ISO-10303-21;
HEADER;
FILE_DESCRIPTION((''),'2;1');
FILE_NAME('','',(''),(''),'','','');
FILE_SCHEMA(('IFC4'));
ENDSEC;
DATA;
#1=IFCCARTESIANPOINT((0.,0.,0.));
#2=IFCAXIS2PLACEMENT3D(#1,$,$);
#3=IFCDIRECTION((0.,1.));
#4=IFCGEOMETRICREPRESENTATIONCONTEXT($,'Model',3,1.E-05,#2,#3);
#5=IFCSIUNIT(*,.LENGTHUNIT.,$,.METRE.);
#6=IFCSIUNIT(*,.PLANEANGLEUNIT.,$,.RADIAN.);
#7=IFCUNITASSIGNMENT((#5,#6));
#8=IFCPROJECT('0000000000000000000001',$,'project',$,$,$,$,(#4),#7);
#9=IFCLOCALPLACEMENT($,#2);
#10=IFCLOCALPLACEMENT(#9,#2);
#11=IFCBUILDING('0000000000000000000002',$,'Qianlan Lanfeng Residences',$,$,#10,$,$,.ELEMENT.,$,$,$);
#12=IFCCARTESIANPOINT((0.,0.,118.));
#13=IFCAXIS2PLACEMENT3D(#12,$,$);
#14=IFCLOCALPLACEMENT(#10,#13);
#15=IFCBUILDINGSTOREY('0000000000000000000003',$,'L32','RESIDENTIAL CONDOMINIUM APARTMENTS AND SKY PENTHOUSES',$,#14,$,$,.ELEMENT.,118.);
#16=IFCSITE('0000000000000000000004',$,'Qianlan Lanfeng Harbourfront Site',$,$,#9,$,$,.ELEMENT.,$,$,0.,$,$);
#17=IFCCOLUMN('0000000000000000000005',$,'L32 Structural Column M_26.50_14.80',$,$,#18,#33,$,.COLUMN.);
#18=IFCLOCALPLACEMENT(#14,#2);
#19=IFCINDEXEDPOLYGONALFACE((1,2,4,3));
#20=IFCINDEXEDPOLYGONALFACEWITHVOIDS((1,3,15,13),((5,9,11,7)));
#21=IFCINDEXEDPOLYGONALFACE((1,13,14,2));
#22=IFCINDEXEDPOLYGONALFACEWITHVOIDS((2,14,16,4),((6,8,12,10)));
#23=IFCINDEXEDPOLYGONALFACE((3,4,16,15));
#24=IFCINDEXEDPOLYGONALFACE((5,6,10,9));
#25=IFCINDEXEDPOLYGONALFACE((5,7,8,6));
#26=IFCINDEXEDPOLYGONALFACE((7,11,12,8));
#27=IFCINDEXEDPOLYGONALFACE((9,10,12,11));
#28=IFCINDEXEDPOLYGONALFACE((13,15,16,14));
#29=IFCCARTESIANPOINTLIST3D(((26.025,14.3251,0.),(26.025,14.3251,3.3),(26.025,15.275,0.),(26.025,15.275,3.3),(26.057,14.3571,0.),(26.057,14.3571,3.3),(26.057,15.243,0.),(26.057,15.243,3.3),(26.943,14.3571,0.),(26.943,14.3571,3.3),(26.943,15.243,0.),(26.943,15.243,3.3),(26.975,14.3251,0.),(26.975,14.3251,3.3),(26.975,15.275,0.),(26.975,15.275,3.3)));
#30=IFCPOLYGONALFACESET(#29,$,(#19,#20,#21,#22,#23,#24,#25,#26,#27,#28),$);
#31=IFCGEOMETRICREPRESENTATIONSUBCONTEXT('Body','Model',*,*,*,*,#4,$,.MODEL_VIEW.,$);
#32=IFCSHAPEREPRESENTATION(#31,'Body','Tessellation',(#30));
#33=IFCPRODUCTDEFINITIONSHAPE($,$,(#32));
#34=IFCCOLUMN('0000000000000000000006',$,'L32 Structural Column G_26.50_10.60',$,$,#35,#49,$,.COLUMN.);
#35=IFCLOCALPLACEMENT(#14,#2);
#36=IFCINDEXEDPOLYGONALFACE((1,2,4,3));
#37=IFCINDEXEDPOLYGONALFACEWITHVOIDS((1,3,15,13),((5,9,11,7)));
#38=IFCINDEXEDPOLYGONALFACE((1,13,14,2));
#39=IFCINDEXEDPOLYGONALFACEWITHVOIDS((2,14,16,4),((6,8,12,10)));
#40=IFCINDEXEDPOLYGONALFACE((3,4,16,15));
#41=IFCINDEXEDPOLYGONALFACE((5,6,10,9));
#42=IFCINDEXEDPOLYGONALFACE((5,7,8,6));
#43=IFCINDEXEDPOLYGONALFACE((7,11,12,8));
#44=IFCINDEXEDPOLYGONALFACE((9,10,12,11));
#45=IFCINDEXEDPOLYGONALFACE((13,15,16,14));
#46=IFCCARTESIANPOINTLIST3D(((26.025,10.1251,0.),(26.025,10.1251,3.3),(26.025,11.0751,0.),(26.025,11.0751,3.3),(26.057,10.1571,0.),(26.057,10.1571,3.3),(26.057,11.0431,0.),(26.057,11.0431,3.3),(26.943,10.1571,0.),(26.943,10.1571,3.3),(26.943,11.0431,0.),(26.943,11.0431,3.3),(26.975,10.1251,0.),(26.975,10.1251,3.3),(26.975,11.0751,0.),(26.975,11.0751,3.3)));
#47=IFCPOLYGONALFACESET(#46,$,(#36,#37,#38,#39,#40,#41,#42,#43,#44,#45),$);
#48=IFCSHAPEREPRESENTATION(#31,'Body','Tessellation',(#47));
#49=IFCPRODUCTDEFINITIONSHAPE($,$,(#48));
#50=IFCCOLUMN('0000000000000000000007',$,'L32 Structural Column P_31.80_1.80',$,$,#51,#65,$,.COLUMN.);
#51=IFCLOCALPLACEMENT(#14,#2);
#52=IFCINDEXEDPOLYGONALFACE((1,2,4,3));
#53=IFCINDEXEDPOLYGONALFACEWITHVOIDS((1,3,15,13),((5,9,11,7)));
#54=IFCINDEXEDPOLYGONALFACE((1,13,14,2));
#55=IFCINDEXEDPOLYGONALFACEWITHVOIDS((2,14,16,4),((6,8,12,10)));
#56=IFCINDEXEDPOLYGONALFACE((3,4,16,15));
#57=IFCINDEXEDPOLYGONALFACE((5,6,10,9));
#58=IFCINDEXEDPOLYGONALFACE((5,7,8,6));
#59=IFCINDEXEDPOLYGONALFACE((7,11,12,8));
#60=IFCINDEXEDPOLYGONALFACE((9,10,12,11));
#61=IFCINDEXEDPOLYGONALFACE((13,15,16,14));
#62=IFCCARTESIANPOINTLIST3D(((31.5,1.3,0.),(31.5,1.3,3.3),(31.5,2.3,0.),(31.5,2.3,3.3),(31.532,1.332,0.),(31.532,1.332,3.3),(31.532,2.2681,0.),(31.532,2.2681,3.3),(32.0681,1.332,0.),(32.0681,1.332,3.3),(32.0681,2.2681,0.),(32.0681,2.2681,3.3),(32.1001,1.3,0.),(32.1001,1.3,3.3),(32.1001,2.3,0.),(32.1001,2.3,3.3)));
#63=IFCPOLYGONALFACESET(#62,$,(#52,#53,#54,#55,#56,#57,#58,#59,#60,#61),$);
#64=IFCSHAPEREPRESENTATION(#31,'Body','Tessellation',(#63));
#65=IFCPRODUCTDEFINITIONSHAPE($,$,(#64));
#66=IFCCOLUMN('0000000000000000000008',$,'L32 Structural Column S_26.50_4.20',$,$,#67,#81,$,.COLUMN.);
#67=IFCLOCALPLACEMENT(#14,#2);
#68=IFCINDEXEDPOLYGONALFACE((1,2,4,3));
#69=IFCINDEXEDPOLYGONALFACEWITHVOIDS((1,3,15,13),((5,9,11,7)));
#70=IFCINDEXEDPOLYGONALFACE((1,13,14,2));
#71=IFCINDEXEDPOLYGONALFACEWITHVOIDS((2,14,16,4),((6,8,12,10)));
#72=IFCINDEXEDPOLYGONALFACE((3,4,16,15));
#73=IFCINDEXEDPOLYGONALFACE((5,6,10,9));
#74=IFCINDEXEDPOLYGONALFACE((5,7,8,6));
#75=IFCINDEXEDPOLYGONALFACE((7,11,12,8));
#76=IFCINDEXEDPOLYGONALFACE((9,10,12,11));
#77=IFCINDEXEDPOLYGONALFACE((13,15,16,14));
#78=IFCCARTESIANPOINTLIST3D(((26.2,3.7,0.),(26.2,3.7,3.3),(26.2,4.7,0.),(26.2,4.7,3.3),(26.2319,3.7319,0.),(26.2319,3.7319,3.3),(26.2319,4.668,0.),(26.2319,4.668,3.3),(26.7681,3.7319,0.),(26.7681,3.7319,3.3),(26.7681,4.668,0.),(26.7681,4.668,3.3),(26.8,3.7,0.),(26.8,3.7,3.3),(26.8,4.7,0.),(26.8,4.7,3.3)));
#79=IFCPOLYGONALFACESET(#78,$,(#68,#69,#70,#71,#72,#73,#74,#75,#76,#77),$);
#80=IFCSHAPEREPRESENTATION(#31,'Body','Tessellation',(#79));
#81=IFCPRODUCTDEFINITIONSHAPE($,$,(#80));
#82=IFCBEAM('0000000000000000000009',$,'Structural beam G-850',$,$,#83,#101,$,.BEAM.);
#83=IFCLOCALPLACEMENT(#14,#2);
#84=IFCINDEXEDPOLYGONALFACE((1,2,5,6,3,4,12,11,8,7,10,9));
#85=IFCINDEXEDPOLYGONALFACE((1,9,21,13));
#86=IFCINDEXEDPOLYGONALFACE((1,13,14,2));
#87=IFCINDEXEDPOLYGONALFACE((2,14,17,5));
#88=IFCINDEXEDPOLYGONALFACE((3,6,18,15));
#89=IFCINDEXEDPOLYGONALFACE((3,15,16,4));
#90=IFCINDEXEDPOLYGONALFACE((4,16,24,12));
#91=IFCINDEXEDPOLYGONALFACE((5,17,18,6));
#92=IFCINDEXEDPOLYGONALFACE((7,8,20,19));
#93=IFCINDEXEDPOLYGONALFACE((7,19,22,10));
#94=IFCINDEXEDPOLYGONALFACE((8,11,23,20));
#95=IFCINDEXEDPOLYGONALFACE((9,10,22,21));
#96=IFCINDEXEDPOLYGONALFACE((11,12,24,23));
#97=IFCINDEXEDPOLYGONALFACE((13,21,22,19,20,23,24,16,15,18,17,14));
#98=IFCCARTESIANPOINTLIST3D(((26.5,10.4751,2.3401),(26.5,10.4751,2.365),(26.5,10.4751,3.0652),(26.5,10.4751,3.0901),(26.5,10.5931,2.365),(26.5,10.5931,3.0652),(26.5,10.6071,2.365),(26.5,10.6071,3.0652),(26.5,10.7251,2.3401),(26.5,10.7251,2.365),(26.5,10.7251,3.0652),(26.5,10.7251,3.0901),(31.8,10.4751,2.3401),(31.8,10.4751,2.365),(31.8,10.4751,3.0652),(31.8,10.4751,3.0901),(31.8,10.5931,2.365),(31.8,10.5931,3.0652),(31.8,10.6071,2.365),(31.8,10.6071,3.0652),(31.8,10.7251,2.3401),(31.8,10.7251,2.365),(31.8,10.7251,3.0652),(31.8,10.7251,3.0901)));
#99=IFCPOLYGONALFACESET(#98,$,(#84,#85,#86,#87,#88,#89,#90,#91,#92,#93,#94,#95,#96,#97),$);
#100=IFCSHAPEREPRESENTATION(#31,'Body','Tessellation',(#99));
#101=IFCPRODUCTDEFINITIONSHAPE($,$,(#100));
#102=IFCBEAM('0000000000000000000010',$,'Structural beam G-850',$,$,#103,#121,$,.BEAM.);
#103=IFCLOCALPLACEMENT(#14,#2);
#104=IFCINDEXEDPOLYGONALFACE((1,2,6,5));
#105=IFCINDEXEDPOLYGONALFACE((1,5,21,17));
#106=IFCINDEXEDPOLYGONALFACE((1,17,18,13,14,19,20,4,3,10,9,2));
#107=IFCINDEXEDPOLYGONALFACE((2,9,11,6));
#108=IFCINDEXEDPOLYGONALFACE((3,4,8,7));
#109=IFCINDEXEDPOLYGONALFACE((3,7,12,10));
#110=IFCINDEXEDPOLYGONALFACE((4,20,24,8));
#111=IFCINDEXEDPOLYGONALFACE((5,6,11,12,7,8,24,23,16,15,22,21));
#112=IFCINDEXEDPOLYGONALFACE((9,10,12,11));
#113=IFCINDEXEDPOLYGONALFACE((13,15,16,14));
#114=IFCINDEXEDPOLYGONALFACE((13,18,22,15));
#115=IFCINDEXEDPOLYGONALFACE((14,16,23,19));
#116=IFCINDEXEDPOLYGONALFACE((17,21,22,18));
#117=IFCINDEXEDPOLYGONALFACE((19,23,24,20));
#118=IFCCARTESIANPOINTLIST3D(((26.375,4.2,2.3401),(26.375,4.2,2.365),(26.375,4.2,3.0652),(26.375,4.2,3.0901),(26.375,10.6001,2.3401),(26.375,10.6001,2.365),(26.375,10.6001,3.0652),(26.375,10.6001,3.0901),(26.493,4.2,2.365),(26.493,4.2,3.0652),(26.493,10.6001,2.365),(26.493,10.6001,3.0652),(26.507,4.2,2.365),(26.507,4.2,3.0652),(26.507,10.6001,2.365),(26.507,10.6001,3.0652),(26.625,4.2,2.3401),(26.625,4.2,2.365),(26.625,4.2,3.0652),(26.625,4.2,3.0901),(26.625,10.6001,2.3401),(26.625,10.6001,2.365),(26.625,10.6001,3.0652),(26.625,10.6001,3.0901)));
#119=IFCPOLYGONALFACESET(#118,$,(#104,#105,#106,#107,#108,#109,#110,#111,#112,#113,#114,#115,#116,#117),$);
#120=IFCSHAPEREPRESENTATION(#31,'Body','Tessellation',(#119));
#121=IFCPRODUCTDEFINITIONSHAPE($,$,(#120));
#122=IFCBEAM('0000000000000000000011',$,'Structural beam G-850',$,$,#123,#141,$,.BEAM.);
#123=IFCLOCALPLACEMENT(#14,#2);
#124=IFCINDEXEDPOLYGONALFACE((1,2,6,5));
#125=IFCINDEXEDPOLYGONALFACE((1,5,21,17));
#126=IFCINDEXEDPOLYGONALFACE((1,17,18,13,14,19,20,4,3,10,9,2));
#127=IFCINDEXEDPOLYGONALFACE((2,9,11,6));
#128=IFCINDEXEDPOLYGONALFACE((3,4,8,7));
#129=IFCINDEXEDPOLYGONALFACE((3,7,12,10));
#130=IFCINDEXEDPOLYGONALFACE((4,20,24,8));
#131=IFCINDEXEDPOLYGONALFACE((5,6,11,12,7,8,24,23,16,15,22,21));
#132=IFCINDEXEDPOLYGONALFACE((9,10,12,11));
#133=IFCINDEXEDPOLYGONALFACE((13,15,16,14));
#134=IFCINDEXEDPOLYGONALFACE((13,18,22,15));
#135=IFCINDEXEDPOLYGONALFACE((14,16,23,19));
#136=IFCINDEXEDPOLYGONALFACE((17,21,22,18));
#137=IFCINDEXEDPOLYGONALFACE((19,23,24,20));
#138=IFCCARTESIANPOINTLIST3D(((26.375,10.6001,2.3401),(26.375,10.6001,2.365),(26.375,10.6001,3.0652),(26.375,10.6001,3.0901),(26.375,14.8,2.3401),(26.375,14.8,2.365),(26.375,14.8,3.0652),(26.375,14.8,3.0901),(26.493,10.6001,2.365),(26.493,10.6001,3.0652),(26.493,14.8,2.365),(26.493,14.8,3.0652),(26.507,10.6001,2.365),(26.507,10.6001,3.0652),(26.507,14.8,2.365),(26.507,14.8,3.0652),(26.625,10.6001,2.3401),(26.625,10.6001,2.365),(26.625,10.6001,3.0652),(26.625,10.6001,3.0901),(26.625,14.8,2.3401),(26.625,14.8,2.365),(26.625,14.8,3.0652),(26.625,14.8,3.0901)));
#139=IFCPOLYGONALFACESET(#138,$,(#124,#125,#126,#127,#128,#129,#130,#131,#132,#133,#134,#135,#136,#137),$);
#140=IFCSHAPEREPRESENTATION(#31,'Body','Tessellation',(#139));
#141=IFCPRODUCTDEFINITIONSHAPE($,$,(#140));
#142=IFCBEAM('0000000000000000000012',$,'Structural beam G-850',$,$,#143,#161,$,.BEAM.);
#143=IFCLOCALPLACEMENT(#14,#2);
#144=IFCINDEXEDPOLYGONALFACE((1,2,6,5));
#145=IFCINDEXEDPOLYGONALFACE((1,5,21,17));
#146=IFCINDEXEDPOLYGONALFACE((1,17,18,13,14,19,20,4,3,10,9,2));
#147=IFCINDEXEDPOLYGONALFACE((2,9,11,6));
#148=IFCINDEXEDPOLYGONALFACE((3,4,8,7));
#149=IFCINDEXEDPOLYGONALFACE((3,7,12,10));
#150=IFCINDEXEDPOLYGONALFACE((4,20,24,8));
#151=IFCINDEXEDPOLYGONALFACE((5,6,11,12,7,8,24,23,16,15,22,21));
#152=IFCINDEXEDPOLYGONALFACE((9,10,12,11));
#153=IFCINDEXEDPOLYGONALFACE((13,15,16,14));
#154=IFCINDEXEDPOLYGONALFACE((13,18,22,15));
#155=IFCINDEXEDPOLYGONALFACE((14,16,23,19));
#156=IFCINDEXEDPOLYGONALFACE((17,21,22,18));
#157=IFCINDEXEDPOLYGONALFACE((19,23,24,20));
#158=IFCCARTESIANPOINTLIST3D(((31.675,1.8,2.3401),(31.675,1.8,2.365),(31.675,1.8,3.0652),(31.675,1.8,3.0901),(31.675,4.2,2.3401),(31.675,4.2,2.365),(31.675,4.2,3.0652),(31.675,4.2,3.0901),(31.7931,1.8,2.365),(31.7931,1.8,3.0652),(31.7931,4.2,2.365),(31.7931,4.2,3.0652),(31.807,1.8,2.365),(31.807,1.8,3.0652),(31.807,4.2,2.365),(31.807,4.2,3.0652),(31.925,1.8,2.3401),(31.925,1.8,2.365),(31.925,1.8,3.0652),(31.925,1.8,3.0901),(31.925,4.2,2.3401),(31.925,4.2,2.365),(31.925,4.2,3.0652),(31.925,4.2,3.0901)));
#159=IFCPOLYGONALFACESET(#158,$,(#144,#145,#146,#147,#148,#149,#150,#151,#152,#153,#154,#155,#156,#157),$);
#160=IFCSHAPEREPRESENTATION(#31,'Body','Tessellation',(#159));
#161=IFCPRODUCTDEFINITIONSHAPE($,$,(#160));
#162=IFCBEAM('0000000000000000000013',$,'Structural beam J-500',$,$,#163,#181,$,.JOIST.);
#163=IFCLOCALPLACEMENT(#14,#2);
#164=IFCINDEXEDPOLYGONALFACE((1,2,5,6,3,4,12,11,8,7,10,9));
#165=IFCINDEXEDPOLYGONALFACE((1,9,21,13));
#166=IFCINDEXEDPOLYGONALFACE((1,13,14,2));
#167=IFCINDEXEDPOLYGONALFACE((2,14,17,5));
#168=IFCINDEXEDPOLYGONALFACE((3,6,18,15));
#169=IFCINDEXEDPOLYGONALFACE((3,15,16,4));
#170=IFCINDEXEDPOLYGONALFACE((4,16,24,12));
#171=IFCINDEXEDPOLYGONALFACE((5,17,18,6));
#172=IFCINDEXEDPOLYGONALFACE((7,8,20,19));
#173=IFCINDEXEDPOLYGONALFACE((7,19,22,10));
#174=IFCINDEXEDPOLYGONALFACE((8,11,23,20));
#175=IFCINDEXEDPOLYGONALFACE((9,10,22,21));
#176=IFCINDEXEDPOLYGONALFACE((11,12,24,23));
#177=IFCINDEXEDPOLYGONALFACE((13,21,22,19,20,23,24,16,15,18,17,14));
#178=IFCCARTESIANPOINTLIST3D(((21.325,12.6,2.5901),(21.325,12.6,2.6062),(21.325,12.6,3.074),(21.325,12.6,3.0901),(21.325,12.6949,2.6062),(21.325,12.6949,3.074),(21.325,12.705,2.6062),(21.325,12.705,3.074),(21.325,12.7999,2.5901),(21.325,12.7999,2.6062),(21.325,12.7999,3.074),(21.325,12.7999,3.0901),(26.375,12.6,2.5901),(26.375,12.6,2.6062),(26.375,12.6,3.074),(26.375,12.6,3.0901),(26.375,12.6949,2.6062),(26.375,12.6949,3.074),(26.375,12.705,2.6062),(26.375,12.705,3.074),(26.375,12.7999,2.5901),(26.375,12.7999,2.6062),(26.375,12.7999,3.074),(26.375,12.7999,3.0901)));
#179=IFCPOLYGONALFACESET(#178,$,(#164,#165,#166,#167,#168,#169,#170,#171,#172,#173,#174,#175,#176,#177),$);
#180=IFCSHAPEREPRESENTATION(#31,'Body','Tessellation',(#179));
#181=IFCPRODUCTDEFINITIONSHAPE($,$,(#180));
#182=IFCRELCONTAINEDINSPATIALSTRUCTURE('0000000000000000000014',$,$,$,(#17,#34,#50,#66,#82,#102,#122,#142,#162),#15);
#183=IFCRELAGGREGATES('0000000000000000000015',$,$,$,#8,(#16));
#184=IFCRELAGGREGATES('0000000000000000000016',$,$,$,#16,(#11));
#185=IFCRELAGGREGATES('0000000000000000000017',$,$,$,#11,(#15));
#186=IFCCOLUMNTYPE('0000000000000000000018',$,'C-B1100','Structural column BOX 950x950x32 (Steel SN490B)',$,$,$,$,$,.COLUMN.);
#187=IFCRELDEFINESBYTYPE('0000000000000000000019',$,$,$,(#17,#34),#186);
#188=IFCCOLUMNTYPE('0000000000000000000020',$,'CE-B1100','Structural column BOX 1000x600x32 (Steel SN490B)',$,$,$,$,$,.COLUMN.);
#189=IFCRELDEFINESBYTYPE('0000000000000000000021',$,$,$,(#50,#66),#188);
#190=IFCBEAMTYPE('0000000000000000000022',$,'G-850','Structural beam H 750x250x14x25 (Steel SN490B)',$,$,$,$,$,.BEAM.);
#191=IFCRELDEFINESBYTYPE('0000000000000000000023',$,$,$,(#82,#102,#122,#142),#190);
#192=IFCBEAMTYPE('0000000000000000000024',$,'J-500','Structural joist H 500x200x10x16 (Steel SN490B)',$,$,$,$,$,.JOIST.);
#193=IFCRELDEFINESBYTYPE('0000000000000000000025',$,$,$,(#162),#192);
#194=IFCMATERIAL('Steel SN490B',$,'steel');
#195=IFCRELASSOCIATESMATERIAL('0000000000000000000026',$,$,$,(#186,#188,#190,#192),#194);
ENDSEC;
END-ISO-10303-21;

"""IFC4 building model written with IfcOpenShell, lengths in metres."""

from ifc_helpers import new_model, si_unit, direction, frame, origin, origin_2d, place, context, subcontext, project, spatial, hollow_rectangle, i_section, extrude, material, material_profile, profile_set, type_object, element, save


model = new_model("IFC4")

# Units and contexts
model_context = context("Model", 3, precision=1e-05, world=origin(), true_north=direction((0.0, 1.0)))
body_context = subcontext(model_context, "Body", "Model", "MODEL_VIEW")
ifc_project = project(units=[si_unit("LENGTHUNIT", "METRE"), si_unit("PLANEANGLEUNIT", "RADIAN")], contexts=[model_context])

# Site, building, storey
site_placement = place(None, origin())
site = spatial("IfcSite", under=ifc_project, at=site_placement, Name="Qianlan Lanfeng Harbourfront Site", CompositionType="ELEMENT", RefElevation=0.0)
building_placement = place(site_placement, origin())
building = spatial("IfcBuilding", under=site, at=building_placement, Name="Qianlan Lanfeng Residences", CompositionType="ELEMENT")
storey_placement = place(building_placement, frame((0.0, 0.0, 118.0)))
storey = spatial("IfcBuildingStorey", under=building, at=storey_placement, Name="L32", Description="RESIDENTIAL CONDOMINIUM APARTMENTS AND SKY PENTHOUSES", CompositionType="ELEMENT", Elevation=118.0)

# Columns
ifc_material_1 = material(Name="Steel SN490B", Category="steel")
ifc_material_profile_1 = material_profile(ifc_material_1, hollow_rectangle(XDim=0.95, YDim=0.95, WallThickness=0.032, at=origin_2d()), Name="BOX 950x950x32")
ifc_profile_set_1 = profile_set([ifc_material_profile_1], Name="Steel SN490B")
column_type_1 = type_object("IfcColumnType", Name="C-B1100", Description="Structural column BOX 950x950x32 (Steel SN490B)", PredefinedType="COLUMN", material=ifc_profile_set_1)
for number, where, z_axis, x_axis, name in (
    (1, (26.5, 14.8, 0.0), (0.0, 0.0, 1.0), (1.0, 0.0, 0.0), "L32 Structural Column M_26.50_14.80"),
    (2, (26.5, 10.6001, 0.0), (0.0, 0.0, 1.0), (1.0, 0.0, 0.0), "L32 Structural Column G_26.50_10.60"),
):
    element("IfcColumn", number, at=place(storey_placement, frame(where, z_axis=z_axis, x_axis=x_axis)), inside=storey, type_object=column_type_1, Name=name, PredefinedType="COLUMN", context=body_context, shape_type="SweptSolid", body=[
        extrude(hollow_rectangle(XDim=0.95, YDim=0.95, WallThickness=0.032, at=origin_2d()), origin(), (0.0, 0.0, 1.0), 3.3),
    ])
ifc_material_profile_2 = material_profile(ifc_material_1, hollow_rectangle(XDim=0.6001, YDim=1.0, WallThickness=0.032, at=origin_2d()), Name="BOX 1000x600x32")
ifc_profile_set_2 = profile_set([ifc_material_profile_2], Name="Steel SN490B")
column_type_2 = type_object("IfcColumnType", Name="CE-B1100", Description="Structural column BOX 1000x600x32 (Steel SN490B)", PredefinedType="COLUMN", material=ifc_profile_set_2)
for number, where, z_axis, x_axis, name in (
    (3, (31.8, 1.8, 0.0), (0.0, 0.0, 1.0), (1.0, 0.0, 0.0), "L32 Structural Column P_31.80_1.80"),
    (4, (26.5, 4.2, 0.0), (0.0, 0.0, 1.0), (1.0, 0.0, 0.0), "L32 Structural Column S_26.50_4.20"),
):
    element("IfcColumn", number, at=place(storey_placement, frame(where, z_axis=z_axis, x_axis=x_axis)), inside=storey, type_object=column_type_2, Name=name, PredefinedType="COLUMN", context=body_context, shape_type="SweptSolid", body=[
        extrude(hollow_rectangle(XDim=0.6001, YDim=1.0, WallThickness=0.032, at=origin_2d()), origin(), (0.0, 0.0, 1.0), 3.3),
    ])

# Beams
ifc_material_profile_3 = material_profile(ifc_material_1, i_section(OverallWidth=0.25, OverallDepth=0.75, WebThickness=0.0139, FlangeThickness=0.0249, at=origin_2d()), Name="H 750x250x14x25")
ifc_profile_set_3 = profile_set([ifc_material_profile_3], Name="Steel SN490B")
beam_type_1 = type_object("IfcBeamType", Name="G-850", Description="Structural beam H 750x250x14x25 (Steel SN490B)", PredefinedType="BEAM", material=ifc_profile_set_3)
beam_1_placement = place(storey_placement, frame((26.5, 10.6001, 2.7151), z_axis=(1.0, 0.0, 0.0), x_axis=(0.0, 1.0, 0.0)))
element("IfcBeam", 5, at=beam_1_placement, inside=storey, type_object=beam_type_1, Name="Structural beam G-850", PredefinedType="BEAM", context=body_context, shape_type="SweptSolid", body=[
    extrude(i_section(OverallWidth=0.25, OverallDepth=0.75, WebThickness=0.0139, FlangeThickness=0.0249, at=origin_2d()), origin(), (0.0, 0.0, 1.0), 5.3),
])
beam_2_placement = place(storey_placement, frame((26.5, 4.2, 2.7151), z_axis=(0.0, 1.0, 0.0), x_axis=(-1.0, 0.0, 0.0)))
element("IfcBeam", 6, at=beam_2_placement, inside=storey, type_object=beam_type_1, Name="Structural beam G-850", PredefinedType="BEAM", context=body_context, shape_type="SweptSolid", body=[
    extrude(i_section(OverallWidth=0.25, OverallDepth=0.75, WebThickness=0.0139, FlangeThickness=0.0249, at=origin_2d()), origin(), (0.0, 0.0, 1.0), 6.4001),
])
beam_3_placement = place(storey_placement, frame((26.5, 10.6001, 2.7151), z_axis=(0.0, 1.0, 0.0), x_axis=(-1.0, 0.0, 0.0)))
element("IfcBeam", 7, at=beam_3_placement, inside=storey, type_object=beam_type_1, Name="Structural beam G-850", PredefinedType="BEAM", context=body_context, shape_type="SweptSolid", body=[
    extrude(i_section(OverallWidth=0.25, OverallDepth=0.75, WebThickness=0.0139, FlangeThickness=0.0249, at=origin_2d()), origin(), (0.0, 0.0, 1.0), 4.2),
])
beam_4_placement = place(storey_placement, frame((31.8, 1.8, 2.7151), z_axis=(0.0, 1.0, 0.0), x_axis=(-1.0, 0.0, 0.0)))
element("IfcBeam", 8, at=beam_4_placement, inside=storey, type_object=beam_type_1, Name="Structural beam G-850", PredefinedType="BEAM", context=body_context, shape_type="SweptSolid", body=[
    extrude(i_section(OverallWidth=0.25, OverallDepth=0.75, WebThickness=0.0139, FlangeThickness=0.0249, at=origin_2d()), origin(), (0.0, 0.0, 1.0), 2.3999),
])
ifc_material_profile_4 = material_profile(ifc_material_1, i_section(OverallWidth=0.2, OverallDepth=0.5, WebThickness=0.01, FlangeThickness=0.0161, at=origin_2d()), Name="H 500x200x10x16")
ifc_profile_set_4 = profile_set([ifc_material_profile_4], Name="Steel SN490B")
beam_type_2 = type_object("IfcBeamType", Name="J-500", Description="Structural joist H 500x200x10x16 (Steel SN490B)", PredefinedType="JOIST", material=ifc_profile_set_4)
for number, where, z_axis, x_axis, name in (
    (9, (21.325, 12.7, 2.8401), (1.0, 0.0, 0.0), (0.0, 1.0, 0.0), "Structural beam J-500"),
):
    element("IfcBeam", number, at=place(storey_placement, frame(where, z_axis=z_axis, x_axis=x_axis)), inside=storey, type_object=beam_type_2, Name=name, PredefinedType="JOIST", context=body_context, shape_type="SweptSolid", body=[
        extrude(i_section(OverallWidth=0.2, OverallDepth=0.5, WebThickness=0.01, FlangeThickness=0.0161, at=origin_2d()), origin(), (0.0, 0.0, 1.0), 5.05),
    ])

save(model, "model.ifc")
